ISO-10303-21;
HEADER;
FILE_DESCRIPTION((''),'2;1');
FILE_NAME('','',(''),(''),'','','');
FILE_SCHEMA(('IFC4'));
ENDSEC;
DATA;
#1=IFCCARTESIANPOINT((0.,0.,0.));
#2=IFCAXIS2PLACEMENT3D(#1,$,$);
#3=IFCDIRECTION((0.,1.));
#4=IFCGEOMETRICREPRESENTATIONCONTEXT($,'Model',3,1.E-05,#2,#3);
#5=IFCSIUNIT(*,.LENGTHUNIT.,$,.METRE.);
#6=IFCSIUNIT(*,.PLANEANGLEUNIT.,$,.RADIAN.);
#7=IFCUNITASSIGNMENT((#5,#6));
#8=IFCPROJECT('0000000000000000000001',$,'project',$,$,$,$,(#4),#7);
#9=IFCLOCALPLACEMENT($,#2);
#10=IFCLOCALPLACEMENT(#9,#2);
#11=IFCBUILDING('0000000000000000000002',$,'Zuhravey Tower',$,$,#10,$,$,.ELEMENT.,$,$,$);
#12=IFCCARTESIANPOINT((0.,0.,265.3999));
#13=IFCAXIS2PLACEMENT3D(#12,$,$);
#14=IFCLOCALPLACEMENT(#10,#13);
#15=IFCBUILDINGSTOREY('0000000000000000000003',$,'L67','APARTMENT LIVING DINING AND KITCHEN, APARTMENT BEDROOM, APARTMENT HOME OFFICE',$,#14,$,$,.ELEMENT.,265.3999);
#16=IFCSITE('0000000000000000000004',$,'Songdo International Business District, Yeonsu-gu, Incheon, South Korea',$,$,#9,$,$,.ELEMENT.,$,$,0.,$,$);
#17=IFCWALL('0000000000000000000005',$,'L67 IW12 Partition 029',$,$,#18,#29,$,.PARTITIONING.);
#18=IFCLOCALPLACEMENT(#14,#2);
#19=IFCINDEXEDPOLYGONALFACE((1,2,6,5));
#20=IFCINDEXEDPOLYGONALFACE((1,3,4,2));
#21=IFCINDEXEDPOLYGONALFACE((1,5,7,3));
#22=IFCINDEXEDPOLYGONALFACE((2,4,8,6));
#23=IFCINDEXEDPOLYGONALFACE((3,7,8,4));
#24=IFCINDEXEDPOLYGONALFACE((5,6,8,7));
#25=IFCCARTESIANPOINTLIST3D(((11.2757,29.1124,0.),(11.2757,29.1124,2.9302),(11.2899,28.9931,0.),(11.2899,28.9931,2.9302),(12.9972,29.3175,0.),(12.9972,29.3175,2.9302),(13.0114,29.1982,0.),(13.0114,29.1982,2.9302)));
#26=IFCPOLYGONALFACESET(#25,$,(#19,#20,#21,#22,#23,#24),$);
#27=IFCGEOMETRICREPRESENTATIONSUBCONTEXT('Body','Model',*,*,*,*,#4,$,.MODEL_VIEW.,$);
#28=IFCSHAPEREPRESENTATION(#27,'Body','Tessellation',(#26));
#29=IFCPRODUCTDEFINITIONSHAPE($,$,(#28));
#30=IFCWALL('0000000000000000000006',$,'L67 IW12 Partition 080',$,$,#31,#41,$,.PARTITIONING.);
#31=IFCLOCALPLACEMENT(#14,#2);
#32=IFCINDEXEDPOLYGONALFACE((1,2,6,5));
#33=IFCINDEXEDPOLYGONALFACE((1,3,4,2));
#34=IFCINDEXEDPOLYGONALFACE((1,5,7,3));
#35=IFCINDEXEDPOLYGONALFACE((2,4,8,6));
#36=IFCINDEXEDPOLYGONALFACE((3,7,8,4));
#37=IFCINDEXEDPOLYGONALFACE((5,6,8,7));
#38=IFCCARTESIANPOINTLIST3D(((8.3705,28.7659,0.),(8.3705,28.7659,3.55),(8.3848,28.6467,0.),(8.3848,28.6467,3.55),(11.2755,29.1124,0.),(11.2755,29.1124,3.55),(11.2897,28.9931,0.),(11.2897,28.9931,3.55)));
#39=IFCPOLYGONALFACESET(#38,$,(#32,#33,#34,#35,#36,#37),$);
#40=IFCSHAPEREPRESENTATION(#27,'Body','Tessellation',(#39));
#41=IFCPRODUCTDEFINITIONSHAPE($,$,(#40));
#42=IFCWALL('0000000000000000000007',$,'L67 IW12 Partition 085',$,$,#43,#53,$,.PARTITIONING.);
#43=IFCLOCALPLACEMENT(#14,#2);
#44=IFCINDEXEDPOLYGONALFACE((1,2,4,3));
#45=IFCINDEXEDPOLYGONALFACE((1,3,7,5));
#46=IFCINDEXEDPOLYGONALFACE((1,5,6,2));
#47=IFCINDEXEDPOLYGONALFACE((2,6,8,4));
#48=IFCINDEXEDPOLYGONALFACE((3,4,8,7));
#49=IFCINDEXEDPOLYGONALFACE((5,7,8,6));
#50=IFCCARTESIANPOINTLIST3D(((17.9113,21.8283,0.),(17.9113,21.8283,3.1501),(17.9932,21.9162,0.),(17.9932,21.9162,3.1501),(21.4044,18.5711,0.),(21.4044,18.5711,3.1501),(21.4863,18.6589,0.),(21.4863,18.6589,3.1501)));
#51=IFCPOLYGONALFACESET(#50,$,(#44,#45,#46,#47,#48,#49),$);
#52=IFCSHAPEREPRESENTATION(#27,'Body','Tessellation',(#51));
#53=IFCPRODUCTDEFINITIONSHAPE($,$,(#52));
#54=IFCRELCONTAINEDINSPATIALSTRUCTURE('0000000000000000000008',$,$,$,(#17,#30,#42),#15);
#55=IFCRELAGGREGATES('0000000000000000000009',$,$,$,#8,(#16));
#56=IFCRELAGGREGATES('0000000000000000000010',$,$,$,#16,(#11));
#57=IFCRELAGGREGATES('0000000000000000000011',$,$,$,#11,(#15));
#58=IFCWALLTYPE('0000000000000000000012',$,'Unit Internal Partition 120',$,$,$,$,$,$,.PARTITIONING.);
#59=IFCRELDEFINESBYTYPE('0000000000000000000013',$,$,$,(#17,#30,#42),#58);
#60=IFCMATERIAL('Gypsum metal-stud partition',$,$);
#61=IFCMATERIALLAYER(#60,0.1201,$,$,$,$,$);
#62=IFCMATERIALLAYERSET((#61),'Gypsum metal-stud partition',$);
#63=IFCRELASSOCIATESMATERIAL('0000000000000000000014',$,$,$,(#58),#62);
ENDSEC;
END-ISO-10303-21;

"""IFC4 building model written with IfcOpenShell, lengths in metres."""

from ifc_helpers import new_model, si_unit, direction, frame, frame_2d, origin, place, context, subcontext, project, spatial, rectangle, extrude, material, layer, layer_set, type_object, element, save


model = new_model("IFC4")

# Units and contexts
model_context = context("Model", 3, precision=1e-05, world=origin(), true_north=direction((0.0, 1.0)))
body_context = subcontext(model_context, "Body", "Model", "MODEL_VIEW")
ifc_project = project(units=[si_unit("LENGTHUNIT", "METRE"), si_unit("PLANEANGLEUNIT", "RADIAN")], contexts=[model_context])

# Site, building, storey
site_placement = place(None, origin())
site = spatial("IfcSite", under=ifc_project, at=site_placement, Name="Songdo International Business District, Yeonsu-gu, Incheon, South Korea", CompositionType="ELEMENT", RefElevation=0.0)
building_placement = place(site_placement, origin())
building = spatial("IfcBuilding", under=site, at=building_placement, Name="Zuhravey Tower", CompositionType="ELEMENT")
storey_placement = place(building_placement, frame((0.0, 0.0, 265.3999)))
storey = spatial("IfcBuildingStorey", under=building, at=storey_placement, Name="L67", Description="APARTMENT LIVING DINING AND KITCHEN, APARTMENT BEDROOM, APARTMENT HOME OFFICE", CompositionType="ELEMENT", Elevation=265.3999)

# Shared definitions
ifc_material_1 = material(Name="Gypsum metal-stud partition")
ifc_layer_1 = layer(ifc_material_1, 0.1201)
ifc_layer_set_1 = layer_set([ifc_layer_1], Name="Gypsum metal-stud partition")
wall_type_1 = type_object("IfcWallType", Name="Unit Internal Partition 120", PredefinedType="PARTITIONING", material=ifc_layer_set_1)

# Walls
wall_1_placement = place(storey_placement, frame((13.0042, 29.2578, 0.0), z_axis=(0.0, 0.0, 1.0), x_axis=(-0.992978, -0.118296, 0.0)))
element("IfcWall", 1, at=wall_1_placement, inside=storey, type_object=wall_type_1, Name="L67 IW12 Partition 029", PredefinedType="PARTITIONING", context=body_context, shape_type="SweptSolid", body=[
    extrude(rectangle(XDim=1.7336, YDim=0.1201, at=frame_2d((0.8667, 0.0))), origin(), (0.0, 0.0, 1.0), 2.9302),
])
wall_2_placement = place(storey_placement, frame((11.2827, 29.0527, 0.0), z_axis=(0.0, 0.0, 1.0), x_axis=(-0.992964, -0.118415, 0.0)))
element("IfcWall", 2, at=wall_2_placement, inside=storey, type_object=wall_type_1, Name="L67 IW12 Partition 080", PredefinedType="PARTITIONING", context=body_context, shape_type="SweptSolid", body=[
    extrude(rectangle(XDim=2.9255, YDim=0.1201, at=frame_2d((1.4629, 0.0))), origin(), (0.0, 0.0, 1.0), 3.55),
])
wall_3_placement = place(storey_placement, frame((17.9521, 21.8723, 0.0), z_axis=(0.0, 0.0, 1.0), x_axis=(0.731365, -0.681987, 0.0)))
element("IfcWall", 3, at=wall_3_placement, inside=storey, type_object=wall_type_1, Name="L67 IW12 Partition 085", PredefinedType="PARTITIONING", context=body_context, shape_type="SweptSolid", body=[
    extrude(rectangle(XDim=4.7761, YDim=0.1201, at=frame_2d((2.3882, 0.0))), origin(), (0.0, 0.0, 1.0), 3.1501),
])

save(model, "model.ifc")
